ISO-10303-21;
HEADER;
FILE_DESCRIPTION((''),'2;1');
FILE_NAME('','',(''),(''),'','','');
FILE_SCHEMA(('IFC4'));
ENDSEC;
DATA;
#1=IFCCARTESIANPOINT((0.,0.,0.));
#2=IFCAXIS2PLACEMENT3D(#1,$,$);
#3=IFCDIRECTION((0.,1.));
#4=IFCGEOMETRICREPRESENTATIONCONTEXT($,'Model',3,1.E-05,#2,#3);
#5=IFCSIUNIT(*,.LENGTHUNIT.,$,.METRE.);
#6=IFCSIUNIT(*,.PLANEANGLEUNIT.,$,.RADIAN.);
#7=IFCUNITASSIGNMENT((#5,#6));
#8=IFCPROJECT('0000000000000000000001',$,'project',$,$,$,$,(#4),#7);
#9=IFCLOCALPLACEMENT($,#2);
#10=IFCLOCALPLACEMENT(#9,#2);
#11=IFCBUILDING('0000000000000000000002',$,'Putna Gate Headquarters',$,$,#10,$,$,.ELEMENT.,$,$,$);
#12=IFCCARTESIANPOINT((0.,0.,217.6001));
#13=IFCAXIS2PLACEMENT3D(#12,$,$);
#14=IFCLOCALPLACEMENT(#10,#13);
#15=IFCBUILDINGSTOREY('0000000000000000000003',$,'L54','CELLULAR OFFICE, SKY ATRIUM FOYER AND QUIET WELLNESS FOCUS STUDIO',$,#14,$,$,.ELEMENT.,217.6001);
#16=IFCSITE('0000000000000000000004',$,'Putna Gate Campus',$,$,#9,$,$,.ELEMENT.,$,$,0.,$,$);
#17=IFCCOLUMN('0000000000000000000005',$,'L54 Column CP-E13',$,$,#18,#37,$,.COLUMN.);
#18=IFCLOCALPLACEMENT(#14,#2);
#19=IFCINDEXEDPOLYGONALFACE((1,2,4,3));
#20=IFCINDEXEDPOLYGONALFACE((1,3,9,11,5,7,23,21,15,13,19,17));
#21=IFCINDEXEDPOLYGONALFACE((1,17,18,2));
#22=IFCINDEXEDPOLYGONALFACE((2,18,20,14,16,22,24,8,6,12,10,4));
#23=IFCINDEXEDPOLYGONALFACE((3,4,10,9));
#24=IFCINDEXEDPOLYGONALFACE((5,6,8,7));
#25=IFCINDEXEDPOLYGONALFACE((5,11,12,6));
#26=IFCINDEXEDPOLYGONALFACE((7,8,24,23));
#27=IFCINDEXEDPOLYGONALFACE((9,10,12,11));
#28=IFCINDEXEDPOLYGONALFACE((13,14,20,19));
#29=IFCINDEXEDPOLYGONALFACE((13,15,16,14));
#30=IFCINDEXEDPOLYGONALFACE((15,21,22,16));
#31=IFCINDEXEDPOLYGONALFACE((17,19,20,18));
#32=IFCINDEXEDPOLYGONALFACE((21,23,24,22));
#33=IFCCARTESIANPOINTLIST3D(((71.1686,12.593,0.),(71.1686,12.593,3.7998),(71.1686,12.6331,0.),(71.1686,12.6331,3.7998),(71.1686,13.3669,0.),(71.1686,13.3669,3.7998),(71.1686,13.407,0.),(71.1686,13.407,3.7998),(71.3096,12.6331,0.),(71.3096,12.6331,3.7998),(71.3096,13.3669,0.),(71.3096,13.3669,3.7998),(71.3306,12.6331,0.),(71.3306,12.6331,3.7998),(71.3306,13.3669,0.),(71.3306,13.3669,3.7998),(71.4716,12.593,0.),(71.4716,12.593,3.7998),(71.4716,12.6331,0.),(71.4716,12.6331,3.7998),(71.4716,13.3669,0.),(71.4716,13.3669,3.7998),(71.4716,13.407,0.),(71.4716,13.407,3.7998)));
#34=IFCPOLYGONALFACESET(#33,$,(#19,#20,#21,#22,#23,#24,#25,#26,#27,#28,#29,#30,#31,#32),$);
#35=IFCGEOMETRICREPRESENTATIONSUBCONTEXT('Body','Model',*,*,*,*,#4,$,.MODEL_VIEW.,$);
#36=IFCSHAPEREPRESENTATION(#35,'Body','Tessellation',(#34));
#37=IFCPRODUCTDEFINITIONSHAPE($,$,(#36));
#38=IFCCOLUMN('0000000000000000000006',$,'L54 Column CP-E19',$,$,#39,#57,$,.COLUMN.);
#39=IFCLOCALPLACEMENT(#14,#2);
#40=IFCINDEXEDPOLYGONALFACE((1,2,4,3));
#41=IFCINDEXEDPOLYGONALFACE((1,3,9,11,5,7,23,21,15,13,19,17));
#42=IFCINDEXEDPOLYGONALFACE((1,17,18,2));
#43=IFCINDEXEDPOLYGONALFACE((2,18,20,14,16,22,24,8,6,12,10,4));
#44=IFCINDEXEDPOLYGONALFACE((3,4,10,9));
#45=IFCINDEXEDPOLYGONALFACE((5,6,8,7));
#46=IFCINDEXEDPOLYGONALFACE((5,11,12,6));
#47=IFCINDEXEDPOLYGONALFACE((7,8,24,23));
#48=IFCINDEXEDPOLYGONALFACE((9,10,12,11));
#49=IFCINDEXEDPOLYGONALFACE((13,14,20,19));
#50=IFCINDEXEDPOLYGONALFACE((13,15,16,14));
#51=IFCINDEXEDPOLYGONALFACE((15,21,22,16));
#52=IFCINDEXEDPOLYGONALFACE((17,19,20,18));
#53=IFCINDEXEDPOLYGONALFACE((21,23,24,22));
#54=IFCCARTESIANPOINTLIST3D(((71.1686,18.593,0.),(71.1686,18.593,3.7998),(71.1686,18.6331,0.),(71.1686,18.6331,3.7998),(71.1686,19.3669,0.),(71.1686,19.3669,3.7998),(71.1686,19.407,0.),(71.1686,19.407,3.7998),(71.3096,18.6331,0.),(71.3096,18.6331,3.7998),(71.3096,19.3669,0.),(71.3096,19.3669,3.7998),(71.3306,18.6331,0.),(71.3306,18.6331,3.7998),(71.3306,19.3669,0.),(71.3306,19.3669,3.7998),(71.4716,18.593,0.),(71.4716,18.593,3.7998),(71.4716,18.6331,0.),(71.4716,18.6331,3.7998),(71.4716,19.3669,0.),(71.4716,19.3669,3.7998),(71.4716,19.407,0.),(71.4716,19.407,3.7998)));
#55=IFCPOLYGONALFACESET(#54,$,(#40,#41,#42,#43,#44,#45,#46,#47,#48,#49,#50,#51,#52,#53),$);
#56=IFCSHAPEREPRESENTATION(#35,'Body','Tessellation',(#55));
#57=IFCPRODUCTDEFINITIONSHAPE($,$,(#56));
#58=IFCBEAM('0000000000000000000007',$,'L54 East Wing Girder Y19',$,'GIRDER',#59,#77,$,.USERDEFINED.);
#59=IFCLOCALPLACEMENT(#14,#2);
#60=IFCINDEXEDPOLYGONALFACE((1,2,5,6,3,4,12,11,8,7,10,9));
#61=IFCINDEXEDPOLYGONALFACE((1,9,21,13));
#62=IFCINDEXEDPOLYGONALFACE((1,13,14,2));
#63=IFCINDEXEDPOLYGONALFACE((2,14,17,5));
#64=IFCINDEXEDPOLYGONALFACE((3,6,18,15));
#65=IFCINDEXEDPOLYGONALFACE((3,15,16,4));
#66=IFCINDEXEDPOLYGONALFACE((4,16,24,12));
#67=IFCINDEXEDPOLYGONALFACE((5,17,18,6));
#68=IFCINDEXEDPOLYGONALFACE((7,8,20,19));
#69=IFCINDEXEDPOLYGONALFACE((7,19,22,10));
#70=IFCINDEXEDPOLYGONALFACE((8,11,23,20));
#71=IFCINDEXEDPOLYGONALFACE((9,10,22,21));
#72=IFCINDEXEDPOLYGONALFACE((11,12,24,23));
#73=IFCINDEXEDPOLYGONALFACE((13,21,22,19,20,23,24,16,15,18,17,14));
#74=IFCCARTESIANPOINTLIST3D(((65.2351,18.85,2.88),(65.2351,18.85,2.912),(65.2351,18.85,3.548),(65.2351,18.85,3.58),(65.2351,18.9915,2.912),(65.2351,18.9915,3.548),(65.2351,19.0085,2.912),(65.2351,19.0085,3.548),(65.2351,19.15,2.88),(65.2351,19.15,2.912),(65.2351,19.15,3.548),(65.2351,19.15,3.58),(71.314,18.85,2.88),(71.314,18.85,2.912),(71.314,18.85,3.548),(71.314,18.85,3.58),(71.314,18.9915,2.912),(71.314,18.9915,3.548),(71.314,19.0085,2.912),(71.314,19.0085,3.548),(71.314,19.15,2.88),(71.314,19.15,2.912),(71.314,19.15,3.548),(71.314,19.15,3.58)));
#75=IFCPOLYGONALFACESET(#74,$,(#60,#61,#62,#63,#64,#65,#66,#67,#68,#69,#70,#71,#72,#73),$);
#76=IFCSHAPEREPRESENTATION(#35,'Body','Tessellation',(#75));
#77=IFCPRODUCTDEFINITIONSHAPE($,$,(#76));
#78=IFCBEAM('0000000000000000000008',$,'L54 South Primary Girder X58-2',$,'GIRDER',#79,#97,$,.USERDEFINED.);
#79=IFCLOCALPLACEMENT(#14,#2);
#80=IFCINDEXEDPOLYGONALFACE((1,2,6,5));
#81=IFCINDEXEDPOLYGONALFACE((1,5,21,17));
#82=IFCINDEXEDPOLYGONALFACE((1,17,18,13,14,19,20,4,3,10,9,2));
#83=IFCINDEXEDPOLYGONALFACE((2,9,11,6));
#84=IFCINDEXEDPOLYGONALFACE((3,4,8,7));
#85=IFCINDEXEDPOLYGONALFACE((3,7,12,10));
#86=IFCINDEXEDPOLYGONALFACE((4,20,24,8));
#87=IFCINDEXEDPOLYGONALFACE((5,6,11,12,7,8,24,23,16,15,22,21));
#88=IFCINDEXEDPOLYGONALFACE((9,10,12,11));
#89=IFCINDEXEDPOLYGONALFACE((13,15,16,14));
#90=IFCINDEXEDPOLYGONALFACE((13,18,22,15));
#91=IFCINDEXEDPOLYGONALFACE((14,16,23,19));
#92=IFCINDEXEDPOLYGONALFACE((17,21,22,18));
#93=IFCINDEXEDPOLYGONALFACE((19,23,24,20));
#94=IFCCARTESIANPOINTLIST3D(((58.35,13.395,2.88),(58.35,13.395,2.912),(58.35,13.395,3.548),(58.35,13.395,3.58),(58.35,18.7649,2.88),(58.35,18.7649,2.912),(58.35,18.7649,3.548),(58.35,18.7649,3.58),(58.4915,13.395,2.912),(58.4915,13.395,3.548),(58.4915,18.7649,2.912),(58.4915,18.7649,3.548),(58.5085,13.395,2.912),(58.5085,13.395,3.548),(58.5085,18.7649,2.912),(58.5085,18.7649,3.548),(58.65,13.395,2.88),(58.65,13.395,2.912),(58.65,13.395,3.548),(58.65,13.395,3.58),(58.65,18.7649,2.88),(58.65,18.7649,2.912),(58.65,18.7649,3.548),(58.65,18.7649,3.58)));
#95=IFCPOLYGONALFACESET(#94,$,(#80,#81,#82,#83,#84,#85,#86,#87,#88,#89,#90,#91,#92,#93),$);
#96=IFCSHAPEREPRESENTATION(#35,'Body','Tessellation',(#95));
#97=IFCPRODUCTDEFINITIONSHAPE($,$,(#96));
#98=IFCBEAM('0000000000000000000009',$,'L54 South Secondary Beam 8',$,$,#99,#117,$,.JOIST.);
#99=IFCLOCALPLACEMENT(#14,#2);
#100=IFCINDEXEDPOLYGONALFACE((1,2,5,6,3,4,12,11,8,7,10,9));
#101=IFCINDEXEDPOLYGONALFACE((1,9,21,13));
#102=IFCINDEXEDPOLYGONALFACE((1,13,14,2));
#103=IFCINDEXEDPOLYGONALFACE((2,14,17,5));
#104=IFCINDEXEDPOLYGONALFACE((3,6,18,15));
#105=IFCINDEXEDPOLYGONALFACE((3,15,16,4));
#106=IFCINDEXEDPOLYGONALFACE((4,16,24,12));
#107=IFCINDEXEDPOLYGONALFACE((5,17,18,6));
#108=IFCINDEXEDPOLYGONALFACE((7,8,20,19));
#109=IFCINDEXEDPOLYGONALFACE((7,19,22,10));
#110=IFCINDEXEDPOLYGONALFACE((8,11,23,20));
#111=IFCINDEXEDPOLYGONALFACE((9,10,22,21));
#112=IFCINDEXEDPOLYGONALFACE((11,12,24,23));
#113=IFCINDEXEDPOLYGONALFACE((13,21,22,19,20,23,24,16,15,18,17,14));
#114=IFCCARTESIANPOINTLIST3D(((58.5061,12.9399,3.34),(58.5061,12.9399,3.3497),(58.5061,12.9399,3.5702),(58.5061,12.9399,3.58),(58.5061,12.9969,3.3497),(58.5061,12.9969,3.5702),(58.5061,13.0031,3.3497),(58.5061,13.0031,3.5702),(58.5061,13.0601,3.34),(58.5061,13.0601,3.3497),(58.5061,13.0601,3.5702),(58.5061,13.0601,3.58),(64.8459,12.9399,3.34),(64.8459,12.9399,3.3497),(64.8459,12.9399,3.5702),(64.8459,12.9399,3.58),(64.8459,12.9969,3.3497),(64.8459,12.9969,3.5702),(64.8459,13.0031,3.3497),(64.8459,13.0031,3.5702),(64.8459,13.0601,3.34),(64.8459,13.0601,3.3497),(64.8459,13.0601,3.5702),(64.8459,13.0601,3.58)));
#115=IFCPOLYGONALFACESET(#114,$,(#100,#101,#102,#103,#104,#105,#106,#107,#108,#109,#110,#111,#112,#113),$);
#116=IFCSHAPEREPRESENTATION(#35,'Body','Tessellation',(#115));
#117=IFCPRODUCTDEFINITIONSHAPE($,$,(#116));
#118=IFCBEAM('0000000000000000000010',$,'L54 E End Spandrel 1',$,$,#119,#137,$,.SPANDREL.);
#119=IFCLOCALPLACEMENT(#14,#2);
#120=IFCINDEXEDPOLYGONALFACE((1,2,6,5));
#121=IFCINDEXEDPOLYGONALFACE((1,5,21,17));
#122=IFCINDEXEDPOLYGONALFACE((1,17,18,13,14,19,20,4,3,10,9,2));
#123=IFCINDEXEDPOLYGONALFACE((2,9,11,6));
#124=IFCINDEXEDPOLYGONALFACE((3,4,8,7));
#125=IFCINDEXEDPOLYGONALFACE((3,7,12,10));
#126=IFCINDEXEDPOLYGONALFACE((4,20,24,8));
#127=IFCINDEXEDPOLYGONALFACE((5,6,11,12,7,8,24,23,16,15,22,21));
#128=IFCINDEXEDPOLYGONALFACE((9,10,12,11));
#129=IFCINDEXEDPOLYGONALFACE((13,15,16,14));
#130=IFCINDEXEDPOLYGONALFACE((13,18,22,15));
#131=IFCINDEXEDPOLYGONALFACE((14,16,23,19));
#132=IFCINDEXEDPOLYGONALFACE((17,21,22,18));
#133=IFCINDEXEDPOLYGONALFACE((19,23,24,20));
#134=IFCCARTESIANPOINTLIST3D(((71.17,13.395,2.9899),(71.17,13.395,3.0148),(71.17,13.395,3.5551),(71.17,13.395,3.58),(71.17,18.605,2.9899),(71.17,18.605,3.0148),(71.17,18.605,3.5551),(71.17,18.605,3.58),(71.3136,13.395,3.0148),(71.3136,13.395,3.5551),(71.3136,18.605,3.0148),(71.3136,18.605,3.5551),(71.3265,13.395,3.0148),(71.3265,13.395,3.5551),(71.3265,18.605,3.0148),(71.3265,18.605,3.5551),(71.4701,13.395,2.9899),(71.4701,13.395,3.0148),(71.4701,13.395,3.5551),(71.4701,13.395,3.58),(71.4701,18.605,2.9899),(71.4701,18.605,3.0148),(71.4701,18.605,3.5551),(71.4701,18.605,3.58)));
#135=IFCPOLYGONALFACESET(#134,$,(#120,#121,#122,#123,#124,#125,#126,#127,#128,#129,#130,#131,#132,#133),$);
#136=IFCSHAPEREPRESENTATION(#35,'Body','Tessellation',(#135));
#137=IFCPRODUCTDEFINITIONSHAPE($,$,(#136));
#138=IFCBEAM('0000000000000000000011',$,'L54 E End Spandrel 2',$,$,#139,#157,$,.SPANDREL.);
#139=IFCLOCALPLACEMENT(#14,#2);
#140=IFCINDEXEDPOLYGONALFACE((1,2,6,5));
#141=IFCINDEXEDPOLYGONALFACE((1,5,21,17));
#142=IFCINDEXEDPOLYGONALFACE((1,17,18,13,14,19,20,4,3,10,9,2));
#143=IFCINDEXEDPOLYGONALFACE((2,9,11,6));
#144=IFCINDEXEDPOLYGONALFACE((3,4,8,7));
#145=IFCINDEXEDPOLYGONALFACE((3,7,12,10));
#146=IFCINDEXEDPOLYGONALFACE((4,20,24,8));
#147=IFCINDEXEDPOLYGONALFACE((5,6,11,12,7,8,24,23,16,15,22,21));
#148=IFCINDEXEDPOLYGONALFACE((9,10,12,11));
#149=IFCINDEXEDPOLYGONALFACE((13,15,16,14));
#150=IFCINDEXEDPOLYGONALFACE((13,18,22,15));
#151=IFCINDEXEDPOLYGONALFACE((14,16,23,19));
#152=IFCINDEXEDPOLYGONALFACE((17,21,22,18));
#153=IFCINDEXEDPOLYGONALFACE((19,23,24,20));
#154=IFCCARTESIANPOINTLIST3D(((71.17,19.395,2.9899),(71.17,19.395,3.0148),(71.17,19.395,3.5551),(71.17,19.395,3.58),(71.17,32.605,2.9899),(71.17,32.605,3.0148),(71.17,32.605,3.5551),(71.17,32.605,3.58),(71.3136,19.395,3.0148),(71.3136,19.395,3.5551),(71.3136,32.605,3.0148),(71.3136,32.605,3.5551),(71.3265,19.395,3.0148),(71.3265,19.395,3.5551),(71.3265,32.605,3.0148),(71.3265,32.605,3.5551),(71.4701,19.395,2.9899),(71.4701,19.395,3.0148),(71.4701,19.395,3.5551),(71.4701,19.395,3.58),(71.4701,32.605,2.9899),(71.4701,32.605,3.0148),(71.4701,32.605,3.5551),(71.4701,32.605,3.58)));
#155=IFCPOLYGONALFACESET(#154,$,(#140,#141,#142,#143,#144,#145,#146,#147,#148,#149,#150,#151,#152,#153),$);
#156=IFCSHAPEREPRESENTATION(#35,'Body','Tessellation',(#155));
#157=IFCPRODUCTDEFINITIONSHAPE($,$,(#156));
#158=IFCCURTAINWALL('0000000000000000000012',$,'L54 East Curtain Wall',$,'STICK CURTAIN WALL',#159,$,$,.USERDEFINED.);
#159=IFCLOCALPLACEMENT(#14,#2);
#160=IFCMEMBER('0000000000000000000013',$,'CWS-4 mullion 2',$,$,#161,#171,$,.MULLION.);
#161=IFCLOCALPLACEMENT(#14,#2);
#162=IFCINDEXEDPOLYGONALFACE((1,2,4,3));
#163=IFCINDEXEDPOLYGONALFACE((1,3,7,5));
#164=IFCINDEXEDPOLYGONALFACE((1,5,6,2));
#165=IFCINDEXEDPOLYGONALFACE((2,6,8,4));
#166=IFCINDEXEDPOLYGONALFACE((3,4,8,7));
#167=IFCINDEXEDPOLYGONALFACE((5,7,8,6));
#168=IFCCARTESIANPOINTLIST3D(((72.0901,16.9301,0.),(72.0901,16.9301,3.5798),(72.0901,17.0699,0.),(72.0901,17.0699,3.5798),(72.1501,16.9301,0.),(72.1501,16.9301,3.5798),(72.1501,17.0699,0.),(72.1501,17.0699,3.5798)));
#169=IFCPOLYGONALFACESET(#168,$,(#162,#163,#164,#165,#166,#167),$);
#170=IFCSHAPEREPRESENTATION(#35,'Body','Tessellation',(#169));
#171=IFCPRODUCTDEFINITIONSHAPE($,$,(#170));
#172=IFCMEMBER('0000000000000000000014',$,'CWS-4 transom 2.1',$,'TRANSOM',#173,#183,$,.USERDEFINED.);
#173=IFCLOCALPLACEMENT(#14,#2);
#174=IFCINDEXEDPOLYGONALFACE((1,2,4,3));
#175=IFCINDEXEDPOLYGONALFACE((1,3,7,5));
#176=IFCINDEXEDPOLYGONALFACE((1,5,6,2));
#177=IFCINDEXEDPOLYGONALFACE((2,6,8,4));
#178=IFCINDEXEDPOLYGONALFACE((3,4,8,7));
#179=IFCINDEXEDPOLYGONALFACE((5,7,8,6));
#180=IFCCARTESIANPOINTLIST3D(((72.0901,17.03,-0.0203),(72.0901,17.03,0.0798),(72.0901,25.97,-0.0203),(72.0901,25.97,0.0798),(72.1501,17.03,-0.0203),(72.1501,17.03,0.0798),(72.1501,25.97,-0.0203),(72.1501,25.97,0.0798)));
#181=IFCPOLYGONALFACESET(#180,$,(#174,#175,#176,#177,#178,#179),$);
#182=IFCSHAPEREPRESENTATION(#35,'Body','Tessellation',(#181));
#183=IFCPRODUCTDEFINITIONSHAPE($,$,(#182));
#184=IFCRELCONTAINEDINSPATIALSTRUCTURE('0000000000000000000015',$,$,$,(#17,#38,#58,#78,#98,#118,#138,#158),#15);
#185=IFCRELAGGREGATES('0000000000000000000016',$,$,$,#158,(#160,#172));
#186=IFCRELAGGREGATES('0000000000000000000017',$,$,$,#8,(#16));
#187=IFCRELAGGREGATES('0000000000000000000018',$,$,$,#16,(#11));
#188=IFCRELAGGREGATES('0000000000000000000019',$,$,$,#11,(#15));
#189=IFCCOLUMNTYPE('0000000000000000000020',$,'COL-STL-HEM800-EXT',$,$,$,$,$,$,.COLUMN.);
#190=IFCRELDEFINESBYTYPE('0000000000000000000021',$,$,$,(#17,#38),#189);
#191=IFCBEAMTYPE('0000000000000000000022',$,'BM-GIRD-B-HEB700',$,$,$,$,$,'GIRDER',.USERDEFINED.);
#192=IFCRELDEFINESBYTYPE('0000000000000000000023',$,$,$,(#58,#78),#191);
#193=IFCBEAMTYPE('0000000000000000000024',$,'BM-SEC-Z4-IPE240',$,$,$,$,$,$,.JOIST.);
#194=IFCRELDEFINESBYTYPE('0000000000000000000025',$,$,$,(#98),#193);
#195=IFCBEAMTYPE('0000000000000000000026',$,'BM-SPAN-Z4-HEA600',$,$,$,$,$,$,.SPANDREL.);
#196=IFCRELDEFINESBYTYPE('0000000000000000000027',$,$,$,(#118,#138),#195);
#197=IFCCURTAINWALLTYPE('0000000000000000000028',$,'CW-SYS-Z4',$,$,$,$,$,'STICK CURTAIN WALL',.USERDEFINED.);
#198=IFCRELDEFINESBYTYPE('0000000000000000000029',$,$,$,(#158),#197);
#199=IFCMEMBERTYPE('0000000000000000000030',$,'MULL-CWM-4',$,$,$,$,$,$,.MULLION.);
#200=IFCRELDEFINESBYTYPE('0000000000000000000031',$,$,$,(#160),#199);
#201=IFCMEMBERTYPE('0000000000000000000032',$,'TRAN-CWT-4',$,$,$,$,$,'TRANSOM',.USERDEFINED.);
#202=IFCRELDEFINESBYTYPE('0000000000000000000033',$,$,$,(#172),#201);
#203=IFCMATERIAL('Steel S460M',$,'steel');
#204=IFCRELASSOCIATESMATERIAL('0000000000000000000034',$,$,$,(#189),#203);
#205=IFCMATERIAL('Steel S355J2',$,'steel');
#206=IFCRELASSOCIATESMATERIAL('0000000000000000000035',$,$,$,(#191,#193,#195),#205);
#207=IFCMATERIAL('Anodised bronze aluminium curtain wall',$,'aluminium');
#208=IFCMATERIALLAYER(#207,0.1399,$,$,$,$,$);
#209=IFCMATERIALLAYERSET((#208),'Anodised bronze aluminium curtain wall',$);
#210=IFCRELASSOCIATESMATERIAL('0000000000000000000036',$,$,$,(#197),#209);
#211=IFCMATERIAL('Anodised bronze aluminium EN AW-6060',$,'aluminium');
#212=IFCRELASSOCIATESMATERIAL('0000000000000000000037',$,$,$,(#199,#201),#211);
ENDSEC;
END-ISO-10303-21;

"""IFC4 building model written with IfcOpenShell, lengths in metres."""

from ifc_helpers import new_model, si_unit, direction, frame, origin, origin_2d, place, context, subcontext, project, spatial, rectangle, i_section, extrude, material, layer, layer_set, material_profile, profile_set, type_object, element, aggregate, save


model = new_model("IFC4")

# Units and contexts
model_context = context("Model", 3, precision=1e-05, world=origin(), true_north=direction((0.0, 1.0)))
body_context = subcontext(model_context, "Body", "Model", "MODEL_VIEW")
ifc_project = project(units=[si_unit("LENGTHUNIT", "METRE"), si_unit("PLANEANGLEUNIT", "RADIAN")], contexts=[model_context])

# Site, building, storey
site_placement = place(None, origin())
site = spatial("IfcSite", under=ifc_project, at=site_placement, Name="Putna Gate Campus", CompositionType="ELEMENT", RefElevation=0.0)
building_placement = place(site_placement, origin())
building = spatial("IfcBuilding", under=site, at=building_placement, Name="Putna Gate Headquarters", CompositionType="ELEMENT")
storey_placement = place(building_placement, frame((0.0, 0.0, 217.6001)))
storey = spatial("IfcBuildingStorey", under=building, at=storey_placement, Name="L54", Description="CELLULAR OFFICE, SKY ATRIUM FOYER AND QUIET WELLNESS FOCUS STUDIO", CompositionType="ELEMENT", Elevation=217.6001)

# Columns
ifc_material_1 = material(Name="Steel S460M", Category="steel")
ifc_material_profile_1 = material_profile(ifc_material_1, i_section(OverallWidth=0.303, OverallDepth=0.814, WebThickness=0.021, FlangeThickness=0.04, at=origin_2d()), Name="Steel S460M")
ifc_profile_set_1 = profile_set([ifc_material_profile_1], Name="Steel S460M")
column_type = type_object("IfcColumnType", Name="COL-STL-HEM800-EXT", PredefinedType="COLUMN", material=ifc_profile_set_1)
for number, where, z_axis, x_axis, name in (
    (1, (71.3201, 13.0, 0.0), (0.0, 0.0, 1.0), (1.0, 0.0, 0.0), "L54 Column CP-E13"),
    (2, (71.3201, 19.0, 0.0), (0.0, 0.0, 1.0), (1.0, 0.0, 0.0), "L54 Column CP-E19"),
):
    element("IfcColumn", number, at=place(storey_placement, frame(where, z_axis=z_axis, x_axis=x_axis)), inside=storey, type_object=column_type, Name=name, PredefinedType="COLUMN", context=body_context, shape_type="SweptSolid", body=[
        extrude(i_section(OverallWidth=0.303, OverallDepth=0.814, WebThickness=0.021, FlangeThickness=0.04, at=origin_2d()), origin(), (0.0, 0.0, 1.0), 3.7998),
    ])

# Beams
ifc_material_2 = material(Name="Steel S355J2", Category="steel")
ifc_material_profile_2 = material_profile(ifc_material_2, i_section(OverallWidth=0.3, OverallDepth=0.7, WebThickness=0.0171, FlangeThickness=0.032, at=origin_2d()), Name="Steel S355J2")
ifc_profile_set_2 = profile_set([ifc_material_profile_2], Name="Steel S355J2")
beam_type_1 = type_object("IfcBeamType", Name="BM-GIRD-B-HEB700", ElementType="GIRDER", PredefinedType="USERDEFINED", material=ifc_profile_set_2)
beam_1_placement = place(storey_placement, frame((65.2351, 19.0, 3.23), z_axis=(1.0, 0.0, 0.0), x_axis=(0.0, 1.0, 0.0)))
element("IfcBeam", 3, at=beam_1_placement, inside=storey, type_object=beam_type_1, Name="L54 East Wing Girder Y19", ObjectType="GIRDER", PredefinedType="USERDEFINED", context=body_context, shape_type="SweptSolid", body=[
    extrude(i_section(OverallWidth=0.3, OverallDepth=0.7, WebThickness=0.0171, FlangeThickness=0.032, at=origin_2d()), origin(), (0.0, 0.0, 1.0), 6.0789),
])
beam_2_placement = place(storey_placement, frame((58.5, 13.395, 3.23), z_axis=(0.0, 1.0, 0.0), x_axis=(-1.0, 0.0, 0.0)))
element("IfcBeam", 4, at=beam_2_placement, inside=storey, type_object=beam_type_1, Name="L54 South Primary Girder X58-2", ObjectType="GIRDER", PredefinedType="USERDEFINED", context=body_context, shape_type="SweptSolid", body=[
    extrude(i_section(OverallWidth=0.3, OverallDepth=0.7, WebThickness=0.0171, FlangeThickness=0.032, at=origin_2d()), origin(), (0.0, 0.0, 1.0), 5.3699),
])
ifc_material_profile_3 = material_profile(ifc_material_2, i_section(OverallWidth=0.1201, OverallDepth=0.24, WebThickness=0.0061, FlangeThickness=0.0098, at=origin_2d()), Name="Steel S355J2")
ifc_profile_set_3 = profile_set([ifc_material_profile_3], Name="Steel S355J2")
beam_type_2 = type_object("IfcBeamType", Name="BM-SEC-Z4-IPE240", PredefinedType="JOIST", material=ifc_profile_set_3)
beam_3_placement = place(storey_placement, frame((58.5061, 13.0, 3.46), z_axis=(1.0, 0.0, 0.0), x_axis=(0.0, 1.0, 0.0)))
element("IfcBeam", 5, at=beam_3_placement, inside=storey, type_object=beam_type_2, Name="L54 South Secondary Beam 8", PredefinedType="JOIST", context=body_context, shape_type="SweptSolid", body=[
    extrude(i_section(OverallWidth=0.1201, OverallDepth=0.24, WebThickness=0.0061, FlangeThickness=0.0098, at=origin_2d()), origin(), (0.0, 0.0, 1.0), 6.3398),
])
ifc_material_profile_4 = material_profile(ifc_material_2, i_section(OverallWidth=0.3, OverallDepth=0.5901, WebThickness=0.0129, FlangeThickness=0.0249, at=origin_2d()), Name="Steel S355J2")
ifc_profile_set_4 = profile_set([ifc_material_profile_4], Name="Steel S355J2")
beam_type_3 = type_object("IfcBeamType", Name="BM-SPAN-Z4-HEA600", PredefinedType="SPANDREL", material=ifc_profile_set_4)
beam_4_placement = place(storey_placement, frame((71.3201, 13.395, 3.2849), z_axis=(0.0, 1.0, 0.0), x_axis=(-1.0, 0.0, 0.0)))
element("IfcBeam", 6, at=beam_4_placement, inside=storey, type_object=beam_type_3, Name="L54 E End Spandrel 1", PredefinedType="SPANDREL", context=body_context, shape_type="SweptSolid", body=[
    extrude(i_section(OverallWidth=0.3, OverallDepth=0.5901, WebThickness=0.0129, FlangeThickness=0.0249, at=origin_2d()), origin(), (0.0, 0.0, 1.0), 5.21),
])
beam_5_placement = place(storey_placement, frame((71.3201, 19.395, 3.2849), z_axis=(0.0, 1.0, 0.0), x_axis=(-1.0, 0.0, 0.0)))
element("IfcBeam", 7, at=beam_5_placement, inside=storey, type_object=beam_type_3, Name="L54 E End Spandrel 2", PredefinedType="SPANDREL", context=body_context, shape_type="SweptSolid", body=[
    extrude(i_section(OverallWidth=0.3, OverallDepth=0.5901, WebThickness=0.0129, FlangeThickness=0.0249, at=origin_2d()), origin(), (0.0, 0.0, 1.0), 13.21),
])

# Curtain wall, members
ifc_material_3 = material(Name="Anodised bronze aluminium curtain wall", Category="aluminium")
ifc_layer_1 = layer(ifc_material_3, 0.1399)
ifc_layer_set_1 = layer_set([ifc_layer_1], Name="Anodised bronze aluminium curtain wall")
curtain_wall_type = type_object("IfcCurtainWallType", Name="CW-SYS-Z4", ElementType="STICK CURTAIN WALL", PredefinedType="USERDEFINED", material=ifc_layer_set_1)
curtain_wall_placement = place(storey_placement, origin())
curtain_wall = element("IfcCurtainWall", 8, at=curtain_wall_placement, inside=storey, type_object=curtain_wall_type, Name="L54 East Curtain Wall", ObjectType="STICK CURTAIN WALL", PredefinedType="USERDEFINED")
ifc_material_4 = material(Name="Anodised bronze aluminium EN AW-6060", Category="aluminium")
ifc_material_profile_5 = material_profile(ifc_material_4, rectangle(XDim=0.0601, YDim=0.1399, at=origin_2d()), Name="Anodised bronze aluminium EN AW-6060")
ifc_profile_set_5 = profile_set([ifc_material_profile_5], Name="Anodised bronze aluminium EN AW-6060")
member_type_1 = type_object("IfcMemberType", Name="MULL-CWM-4", PredefinedType="MULLION", material=ifc_profile_set_5)
member_1_placement = place(storey_placement, frame((72.1201, 17.0, 0.0), z_axis=(0.0, 0.0, 1.0), x_axis=(-1.0, 0.0, 0.0)))
member_1 = element("IfcMember", 9, at=member_1_placement, type_object=member_type_1, Name="CWS-4 mullion 2", PredefinedType="MULLION", context=body_context, shape_type="SweptSolid", body=[
    extrude(rectangle(XDim=0.0601, YDim=0.1399, at=origin_2d()), origin(), (0.0, 0.0, 1.0), 3.5798),
])
ifc_material_profile_6 = material_profile(ifc_material_4, rectangle(XDim=0.0601, YDim=0.1001, at=origin_2d()), Name="Anodised bronze aluminium EN AW-6060")
ifc_profile_set_6 = profile_set([ifc_material_profile_6], Name="Anodised bronze aluminium EN AW-6060")
member_type_2 = type_object("IfcMemberType", Name="TRAN-CWT-4", ElementType="TRANSOM", PredefinedType="USERDEFINED", material=ifc_profile_set_6)
member_2_placement = place(storey_placement, frame((72.1201, 17.03, 0.0298), z_axis=(0.0, 1.0, 0.0), x_axis=(-1.0, 0.0, 0.0)))
member_2 = element("IfcMember", 10, at=member_2_placement, type_object=member_type_2, Name="CWS-4 transom 2.1", ObjectType="TRANSOM", PredefinedType="USERDEFINED", context=body_context, shape_type="SweptSolid", body=[
    extrude(rectangle(XDim=0.0601, YDim=0.1001, at=origin_2d()), origin(), (0.0, 0.0, 1.0), 8.9399),
])
aggregate(curtain_wall, [member_1, member_2])

save(model, "model.ifc")
